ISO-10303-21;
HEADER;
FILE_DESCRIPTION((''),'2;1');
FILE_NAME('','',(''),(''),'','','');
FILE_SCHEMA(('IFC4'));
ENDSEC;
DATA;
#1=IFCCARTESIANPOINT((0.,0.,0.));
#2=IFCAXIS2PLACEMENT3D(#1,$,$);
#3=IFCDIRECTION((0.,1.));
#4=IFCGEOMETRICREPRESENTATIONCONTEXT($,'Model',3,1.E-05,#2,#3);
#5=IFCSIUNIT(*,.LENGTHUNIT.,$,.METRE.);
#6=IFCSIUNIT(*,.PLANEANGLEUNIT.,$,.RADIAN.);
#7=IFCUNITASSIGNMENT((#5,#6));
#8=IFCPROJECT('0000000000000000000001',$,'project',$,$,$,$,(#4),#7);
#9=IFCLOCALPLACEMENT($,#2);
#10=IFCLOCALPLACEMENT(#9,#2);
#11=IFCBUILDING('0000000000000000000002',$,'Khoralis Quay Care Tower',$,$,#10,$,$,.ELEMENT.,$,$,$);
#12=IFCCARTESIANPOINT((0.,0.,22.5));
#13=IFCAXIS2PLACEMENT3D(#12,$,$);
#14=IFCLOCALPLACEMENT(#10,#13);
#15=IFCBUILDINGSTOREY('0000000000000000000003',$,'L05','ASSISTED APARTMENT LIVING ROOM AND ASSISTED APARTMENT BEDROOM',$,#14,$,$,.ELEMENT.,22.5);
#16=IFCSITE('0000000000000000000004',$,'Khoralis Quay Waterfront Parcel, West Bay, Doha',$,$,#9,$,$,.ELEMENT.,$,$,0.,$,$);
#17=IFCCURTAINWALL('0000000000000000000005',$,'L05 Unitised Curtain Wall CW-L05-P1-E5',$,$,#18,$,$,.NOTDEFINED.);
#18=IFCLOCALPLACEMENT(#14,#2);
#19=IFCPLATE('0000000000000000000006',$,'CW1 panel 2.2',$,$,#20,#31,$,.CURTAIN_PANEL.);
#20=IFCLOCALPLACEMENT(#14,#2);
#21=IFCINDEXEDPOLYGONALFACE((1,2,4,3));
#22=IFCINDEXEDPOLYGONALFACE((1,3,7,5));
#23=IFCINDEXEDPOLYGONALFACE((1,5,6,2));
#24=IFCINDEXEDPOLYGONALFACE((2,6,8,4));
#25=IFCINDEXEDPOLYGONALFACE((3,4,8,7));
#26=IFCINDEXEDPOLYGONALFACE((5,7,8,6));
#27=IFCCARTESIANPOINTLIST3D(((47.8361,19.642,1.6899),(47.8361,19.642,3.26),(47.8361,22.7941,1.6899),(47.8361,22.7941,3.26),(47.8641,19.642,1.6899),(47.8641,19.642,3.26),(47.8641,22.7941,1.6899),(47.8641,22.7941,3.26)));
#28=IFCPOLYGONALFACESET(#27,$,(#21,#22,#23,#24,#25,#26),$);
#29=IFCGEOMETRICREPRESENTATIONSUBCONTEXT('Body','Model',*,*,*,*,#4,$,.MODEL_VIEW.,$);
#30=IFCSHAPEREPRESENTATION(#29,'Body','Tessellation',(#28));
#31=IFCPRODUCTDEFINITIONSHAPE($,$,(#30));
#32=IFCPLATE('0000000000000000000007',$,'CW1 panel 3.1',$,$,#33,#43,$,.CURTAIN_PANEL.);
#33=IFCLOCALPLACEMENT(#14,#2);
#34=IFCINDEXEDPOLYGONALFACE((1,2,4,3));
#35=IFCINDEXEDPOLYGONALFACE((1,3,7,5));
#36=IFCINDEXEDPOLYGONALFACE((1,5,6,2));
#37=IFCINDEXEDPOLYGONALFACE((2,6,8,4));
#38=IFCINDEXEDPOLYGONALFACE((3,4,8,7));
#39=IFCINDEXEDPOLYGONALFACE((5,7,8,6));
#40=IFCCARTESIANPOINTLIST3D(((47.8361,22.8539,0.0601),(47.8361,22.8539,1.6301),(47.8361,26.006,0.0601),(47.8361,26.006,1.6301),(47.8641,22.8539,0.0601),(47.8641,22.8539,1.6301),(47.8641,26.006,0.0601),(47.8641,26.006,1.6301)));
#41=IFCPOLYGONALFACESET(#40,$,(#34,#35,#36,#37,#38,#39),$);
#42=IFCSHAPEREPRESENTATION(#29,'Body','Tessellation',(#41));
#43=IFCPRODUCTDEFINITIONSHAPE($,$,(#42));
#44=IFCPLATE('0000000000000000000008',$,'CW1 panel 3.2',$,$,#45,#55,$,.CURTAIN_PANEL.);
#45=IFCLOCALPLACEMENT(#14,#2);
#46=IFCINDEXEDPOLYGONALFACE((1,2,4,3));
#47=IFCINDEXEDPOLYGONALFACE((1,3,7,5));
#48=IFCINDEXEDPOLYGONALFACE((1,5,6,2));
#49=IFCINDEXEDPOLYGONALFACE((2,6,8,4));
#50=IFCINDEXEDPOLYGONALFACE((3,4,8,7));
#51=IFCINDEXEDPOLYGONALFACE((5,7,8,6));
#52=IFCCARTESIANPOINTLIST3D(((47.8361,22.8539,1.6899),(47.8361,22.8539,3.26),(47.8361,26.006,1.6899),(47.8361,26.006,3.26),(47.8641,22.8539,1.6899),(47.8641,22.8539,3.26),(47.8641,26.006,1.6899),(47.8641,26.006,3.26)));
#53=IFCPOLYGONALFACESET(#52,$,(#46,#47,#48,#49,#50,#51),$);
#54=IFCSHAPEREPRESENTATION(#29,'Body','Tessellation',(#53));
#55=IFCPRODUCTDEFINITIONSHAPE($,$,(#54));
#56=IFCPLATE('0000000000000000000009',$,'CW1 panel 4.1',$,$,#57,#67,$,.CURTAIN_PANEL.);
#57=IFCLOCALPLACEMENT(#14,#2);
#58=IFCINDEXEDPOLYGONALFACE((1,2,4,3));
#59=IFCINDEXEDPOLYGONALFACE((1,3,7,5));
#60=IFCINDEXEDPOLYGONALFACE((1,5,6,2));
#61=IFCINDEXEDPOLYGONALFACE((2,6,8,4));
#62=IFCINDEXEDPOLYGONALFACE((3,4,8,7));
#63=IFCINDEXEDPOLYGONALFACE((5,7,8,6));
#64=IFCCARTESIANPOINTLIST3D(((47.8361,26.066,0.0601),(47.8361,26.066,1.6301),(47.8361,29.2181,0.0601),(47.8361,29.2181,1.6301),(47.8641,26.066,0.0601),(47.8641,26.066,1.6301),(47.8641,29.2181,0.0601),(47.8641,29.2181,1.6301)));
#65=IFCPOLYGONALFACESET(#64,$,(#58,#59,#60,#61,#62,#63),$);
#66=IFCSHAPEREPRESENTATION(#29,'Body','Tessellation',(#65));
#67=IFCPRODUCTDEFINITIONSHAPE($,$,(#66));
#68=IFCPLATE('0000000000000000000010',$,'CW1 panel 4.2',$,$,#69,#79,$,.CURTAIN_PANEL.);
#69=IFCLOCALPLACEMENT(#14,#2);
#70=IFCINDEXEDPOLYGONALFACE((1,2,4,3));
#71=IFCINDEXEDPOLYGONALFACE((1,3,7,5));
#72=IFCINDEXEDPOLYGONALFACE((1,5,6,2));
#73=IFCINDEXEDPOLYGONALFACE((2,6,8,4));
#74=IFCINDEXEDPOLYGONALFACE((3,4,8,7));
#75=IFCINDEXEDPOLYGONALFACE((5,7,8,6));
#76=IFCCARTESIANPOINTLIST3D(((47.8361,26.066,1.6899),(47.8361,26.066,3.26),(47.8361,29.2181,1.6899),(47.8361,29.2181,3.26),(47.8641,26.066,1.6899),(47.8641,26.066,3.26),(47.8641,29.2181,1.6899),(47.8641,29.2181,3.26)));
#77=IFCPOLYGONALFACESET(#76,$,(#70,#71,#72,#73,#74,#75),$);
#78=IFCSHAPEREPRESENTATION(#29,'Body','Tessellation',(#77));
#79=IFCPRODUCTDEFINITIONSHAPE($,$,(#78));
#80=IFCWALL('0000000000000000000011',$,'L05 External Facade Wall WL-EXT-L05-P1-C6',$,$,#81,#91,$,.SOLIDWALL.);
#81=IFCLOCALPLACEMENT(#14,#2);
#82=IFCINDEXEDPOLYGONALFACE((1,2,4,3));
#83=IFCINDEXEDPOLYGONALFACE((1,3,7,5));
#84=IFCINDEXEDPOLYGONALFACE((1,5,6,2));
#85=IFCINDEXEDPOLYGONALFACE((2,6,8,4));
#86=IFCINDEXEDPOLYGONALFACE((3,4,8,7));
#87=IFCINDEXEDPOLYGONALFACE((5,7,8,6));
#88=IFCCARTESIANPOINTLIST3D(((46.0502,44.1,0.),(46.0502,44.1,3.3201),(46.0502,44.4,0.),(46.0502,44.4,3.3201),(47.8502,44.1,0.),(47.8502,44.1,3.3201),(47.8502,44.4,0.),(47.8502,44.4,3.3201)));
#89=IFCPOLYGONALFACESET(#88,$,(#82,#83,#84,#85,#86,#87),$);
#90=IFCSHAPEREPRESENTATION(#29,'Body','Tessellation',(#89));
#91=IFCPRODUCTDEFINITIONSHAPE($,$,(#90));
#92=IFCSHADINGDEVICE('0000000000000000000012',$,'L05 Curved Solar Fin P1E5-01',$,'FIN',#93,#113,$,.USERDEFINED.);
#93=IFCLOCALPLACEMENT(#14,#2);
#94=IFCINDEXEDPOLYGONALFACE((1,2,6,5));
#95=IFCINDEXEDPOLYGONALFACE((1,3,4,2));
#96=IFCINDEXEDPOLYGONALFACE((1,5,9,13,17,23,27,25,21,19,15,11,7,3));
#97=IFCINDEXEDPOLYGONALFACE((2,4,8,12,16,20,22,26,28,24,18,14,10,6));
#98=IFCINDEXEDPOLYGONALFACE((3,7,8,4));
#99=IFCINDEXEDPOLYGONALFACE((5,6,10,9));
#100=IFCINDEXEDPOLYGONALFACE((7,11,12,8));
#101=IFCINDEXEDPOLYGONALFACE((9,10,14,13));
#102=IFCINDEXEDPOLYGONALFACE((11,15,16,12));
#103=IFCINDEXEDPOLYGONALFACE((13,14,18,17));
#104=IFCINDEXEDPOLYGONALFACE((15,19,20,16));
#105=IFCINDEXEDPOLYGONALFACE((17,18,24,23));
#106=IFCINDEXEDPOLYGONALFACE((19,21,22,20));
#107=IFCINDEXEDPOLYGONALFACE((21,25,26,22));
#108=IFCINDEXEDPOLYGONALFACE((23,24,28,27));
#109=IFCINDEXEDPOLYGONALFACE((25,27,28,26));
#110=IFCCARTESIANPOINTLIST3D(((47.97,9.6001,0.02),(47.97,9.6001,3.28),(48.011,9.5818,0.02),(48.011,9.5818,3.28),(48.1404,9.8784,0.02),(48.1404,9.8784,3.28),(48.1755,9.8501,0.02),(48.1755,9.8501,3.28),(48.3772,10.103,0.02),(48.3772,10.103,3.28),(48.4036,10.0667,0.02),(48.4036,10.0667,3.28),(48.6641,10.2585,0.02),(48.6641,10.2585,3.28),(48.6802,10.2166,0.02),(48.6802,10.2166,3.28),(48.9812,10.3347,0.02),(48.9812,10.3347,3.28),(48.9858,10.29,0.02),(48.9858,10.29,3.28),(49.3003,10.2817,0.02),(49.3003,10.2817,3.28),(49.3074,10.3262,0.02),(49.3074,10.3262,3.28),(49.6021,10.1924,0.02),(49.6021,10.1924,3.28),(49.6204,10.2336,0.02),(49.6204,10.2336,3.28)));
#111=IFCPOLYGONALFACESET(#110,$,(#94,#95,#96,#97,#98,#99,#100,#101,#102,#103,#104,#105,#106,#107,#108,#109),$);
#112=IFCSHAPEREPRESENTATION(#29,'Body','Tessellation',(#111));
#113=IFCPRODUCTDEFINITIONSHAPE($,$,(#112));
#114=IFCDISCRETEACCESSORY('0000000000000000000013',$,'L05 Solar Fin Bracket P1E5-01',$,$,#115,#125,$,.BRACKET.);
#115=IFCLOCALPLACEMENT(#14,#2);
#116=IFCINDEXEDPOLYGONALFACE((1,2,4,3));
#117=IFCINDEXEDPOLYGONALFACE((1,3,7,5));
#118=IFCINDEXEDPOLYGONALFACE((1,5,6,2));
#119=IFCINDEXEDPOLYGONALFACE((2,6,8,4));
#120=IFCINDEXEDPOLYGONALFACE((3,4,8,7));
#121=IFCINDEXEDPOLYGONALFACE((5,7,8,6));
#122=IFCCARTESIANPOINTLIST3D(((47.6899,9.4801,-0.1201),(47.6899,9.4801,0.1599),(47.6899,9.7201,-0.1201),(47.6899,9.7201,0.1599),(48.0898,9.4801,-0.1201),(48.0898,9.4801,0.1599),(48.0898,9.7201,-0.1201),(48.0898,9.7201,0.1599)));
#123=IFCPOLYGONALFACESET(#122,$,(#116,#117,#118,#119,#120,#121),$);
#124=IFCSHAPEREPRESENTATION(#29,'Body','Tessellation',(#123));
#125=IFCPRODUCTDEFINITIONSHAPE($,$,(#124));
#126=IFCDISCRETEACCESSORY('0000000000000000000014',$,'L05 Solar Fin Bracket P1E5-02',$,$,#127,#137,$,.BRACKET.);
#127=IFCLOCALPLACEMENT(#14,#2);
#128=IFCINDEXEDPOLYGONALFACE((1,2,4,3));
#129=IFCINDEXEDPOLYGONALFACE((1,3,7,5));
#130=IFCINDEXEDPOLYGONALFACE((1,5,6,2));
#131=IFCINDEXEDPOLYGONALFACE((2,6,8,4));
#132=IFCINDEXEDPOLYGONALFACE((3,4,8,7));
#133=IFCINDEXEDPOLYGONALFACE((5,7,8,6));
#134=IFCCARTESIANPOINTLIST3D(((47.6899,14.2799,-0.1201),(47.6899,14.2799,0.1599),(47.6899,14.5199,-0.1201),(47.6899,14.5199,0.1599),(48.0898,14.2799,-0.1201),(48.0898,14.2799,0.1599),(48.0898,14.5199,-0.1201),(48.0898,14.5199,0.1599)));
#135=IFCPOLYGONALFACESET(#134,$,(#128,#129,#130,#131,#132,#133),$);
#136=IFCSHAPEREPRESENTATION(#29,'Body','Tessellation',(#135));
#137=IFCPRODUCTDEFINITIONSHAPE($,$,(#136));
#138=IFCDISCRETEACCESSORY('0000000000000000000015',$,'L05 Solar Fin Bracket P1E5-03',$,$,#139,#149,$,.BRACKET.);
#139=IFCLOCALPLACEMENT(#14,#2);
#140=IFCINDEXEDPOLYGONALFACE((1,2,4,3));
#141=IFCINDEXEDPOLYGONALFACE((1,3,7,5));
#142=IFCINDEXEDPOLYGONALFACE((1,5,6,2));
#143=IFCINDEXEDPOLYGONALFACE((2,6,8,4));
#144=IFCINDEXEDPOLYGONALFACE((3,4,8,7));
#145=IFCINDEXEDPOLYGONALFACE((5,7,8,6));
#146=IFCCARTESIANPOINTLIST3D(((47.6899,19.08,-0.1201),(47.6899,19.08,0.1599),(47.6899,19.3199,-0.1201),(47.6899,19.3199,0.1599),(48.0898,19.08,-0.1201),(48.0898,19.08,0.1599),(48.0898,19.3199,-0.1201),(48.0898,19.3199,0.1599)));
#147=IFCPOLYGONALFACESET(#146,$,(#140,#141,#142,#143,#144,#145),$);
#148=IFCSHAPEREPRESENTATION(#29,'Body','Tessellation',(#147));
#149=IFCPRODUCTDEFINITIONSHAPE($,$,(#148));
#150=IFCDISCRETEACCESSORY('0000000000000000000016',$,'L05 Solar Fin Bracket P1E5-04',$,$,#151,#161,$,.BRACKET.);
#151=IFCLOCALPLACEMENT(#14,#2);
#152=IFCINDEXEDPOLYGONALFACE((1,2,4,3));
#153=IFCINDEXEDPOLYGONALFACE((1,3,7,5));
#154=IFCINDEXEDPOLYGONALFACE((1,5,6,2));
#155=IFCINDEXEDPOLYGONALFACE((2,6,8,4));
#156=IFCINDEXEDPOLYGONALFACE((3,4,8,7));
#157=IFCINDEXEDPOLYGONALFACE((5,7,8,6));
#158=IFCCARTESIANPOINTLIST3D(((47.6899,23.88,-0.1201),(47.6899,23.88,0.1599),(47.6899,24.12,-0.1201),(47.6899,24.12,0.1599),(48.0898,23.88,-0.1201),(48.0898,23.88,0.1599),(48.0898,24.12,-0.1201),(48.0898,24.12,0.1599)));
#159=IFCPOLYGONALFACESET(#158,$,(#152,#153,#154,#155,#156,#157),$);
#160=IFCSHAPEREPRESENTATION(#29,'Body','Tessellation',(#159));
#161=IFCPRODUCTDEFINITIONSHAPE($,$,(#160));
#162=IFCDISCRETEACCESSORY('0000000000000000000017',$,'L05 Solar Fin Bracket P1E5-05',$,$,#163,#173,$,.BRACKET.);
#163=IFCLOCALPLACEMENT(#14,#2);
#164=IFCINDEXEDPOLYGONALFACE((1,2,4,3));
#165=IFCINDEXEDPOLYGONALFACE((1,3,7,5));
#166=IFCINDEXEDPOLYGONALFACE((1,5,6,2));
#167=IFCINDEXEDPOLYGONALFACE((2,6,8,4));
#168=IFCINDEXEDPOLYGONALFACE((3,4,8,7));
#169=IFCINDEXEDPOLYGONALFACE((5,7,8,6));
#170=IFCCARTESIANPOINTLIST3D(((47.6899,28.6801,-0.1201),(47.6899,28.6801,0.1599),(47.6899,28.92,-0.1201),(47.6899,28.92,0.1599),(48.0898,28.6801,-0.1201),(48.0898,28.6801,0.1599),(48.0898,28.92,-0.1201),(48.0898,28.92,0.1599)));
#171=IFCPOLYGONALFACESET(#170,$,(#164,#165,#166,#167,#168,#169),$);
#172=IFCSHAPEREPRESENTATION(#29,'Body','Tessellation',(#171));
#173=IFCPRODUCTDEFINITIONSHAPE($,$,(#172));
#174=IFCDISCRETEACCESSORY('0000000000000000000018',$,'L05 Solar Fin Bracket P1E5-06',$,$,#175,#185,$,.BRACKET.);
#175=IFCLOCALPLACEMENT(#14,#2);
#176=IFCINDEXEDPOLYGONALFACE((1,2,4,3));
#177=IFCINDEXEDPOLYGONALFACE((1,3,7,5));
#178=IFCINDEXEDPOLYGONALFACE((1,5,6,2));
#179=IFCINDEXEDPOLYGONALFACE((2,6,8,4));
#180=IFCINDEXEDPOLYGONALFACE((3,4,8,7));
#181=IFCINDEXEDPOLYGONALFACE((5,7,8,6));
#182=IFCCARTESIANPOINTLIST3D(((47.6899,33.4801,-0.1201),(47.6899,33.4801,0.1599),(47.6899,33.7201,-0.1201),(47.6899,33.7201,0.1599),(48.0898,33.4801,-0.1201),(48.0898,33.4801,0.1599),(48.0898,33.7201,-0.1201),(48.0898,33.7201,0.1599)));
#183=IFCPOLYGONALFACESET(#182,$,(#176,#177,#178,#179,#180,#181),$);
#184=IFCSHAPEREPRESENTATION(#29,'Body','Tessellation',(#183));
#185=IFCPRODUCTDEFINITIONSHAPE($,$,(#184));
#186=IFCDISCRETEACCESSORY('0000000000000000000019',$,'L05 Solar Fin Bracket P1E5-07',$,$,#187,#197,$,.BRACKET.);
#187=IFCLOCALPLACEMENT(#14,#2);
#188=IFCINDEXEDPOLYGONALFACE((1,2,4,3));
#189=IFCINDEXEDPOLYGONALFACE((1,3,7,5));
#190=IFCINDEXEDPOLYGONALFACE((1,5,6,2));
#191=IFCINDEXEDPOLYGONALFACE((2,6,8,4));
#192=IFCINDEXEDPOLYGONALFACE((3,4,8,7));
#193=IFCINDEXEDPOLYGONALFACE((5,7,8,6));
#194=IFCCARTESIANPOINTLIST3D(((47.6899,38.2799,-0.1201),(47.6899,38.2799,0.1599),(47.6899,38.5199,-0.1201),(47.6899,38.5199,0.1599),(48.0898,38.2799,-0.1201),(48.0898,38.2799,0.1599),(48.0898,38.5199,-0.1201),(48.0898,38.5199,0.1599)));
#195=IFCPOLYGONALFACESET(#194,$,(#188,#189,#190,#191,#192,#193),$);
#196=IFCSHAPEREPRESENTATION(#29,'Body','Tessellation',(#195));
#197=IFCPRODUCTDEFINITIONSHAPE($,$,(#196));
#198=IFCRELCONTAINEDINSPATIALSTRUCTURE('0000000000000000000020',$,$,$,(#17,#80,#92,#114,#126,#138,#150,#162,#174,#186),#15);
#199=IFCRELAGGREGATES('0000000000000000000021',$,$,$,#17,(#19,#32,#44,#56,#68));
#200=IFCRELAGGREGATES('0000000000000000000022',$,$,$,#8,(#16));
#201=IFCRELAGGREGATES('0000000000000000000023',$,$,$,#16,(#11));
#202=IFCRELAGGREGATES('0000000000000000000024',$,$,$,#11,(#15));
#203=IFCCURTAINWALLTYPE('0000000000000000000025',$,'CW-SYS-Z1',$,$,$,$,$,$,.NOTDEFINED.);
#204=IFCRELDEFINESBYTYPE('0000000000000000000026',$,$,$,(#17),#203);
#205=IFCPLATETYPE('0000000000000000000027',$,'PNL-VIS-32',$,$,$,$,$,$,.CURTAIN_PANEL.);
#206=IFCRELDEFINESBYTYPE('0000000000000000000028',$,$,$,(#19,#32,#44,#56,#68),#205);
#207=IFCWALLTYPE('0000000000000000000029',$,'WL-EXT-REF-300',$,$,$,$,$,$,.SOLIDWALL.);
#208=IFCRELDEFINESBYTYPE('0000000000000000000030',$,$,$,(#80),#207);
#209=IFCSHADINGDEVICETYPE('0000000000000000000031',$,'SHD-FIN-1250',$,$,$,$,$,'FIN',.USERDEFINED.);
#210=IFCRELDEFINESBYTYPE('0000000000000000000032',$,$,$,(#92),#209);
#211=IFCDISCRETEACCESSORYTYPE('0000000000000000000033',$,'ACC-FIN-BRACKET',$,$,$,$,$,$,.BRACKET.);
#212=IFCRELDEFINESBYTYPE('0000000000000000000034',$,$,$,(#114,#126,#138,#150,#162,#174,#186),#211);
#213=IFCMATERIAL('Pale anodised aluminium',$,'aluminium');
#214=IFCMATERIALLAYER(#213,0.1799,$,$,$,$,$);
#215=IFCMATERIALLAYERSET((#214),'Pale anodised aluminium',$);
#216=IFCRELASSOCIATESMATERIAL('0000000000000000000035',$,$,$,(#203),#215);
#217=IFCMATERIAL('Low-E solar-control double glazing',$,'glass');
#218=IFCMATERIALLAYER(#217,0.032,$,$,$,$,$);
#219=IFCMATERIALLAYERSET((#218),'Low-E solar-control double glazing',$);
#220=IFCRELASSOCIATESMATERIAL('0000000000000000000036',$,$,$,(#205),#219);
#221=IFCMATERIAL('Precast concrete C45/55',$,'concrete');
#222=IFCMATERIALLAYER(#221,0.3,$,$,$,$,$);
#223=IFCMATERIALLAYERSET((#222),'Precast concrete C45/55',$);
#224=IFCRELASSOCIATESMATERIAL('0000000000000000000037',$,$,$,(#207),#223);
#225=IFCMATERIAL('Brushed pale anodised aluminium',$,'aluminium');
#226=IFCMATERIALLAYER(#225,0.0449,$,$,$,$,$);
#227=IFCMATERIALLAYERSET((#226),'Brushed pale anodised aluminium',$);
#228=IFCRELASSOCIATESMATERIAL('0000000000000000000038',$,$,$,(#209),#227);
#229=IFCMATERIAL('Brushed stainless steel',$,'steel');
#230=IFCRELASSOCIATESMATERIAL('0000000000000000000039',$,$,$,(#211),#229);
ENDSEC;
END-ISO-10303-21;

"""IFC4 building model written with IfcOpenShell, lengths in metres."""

from ifc_helpers import new_model, si_unit, direction, frame, frame_2d, origin, origin_2d, place, context, subcontext, project, spatial, polyline, rectangle, outline, extrude, source, transform, mapped, material, layer, layer_set, type_object, element, aggregate, save


model = new_model("IFC4")

# Units and contexts
model_context = context("Model", 3, precision=1e-05, world=origin(), true_north=direction((0.0, 1.0)))
body_context = subcontext(model_context, "Body", "Model", "MODEL_VIEW")
ifc_project = project(units=[si_unit("LENGTHUNIT", "METRE"), si_unit("PLANEANGLEUNIT", "RADIAN")], contexts=[model_context])

# Site, building, storey
site_placement = place(None, origin())
site = spatial("IfcSite", under=ifc_project, at=site_placement, Name="Khoralis Quay Waterfront Parcel, West Bay, Doha", CompositionType="ELEMENT", RefElevation=0.0)
building_placement = place(site_placement, origin())
building = spatial("IfcBuilding", under=site, at=building_placement, Name="Khoralis Quay Care Tower", CompositionType="ELEMENT")
storey_placement = place(building_placement, frame((0.0, 0.0, 22.5)))
storey = spatial("IfcBuildingStorey", under=building, at=storey_placement, Name="L05", Description="ASSISTED APARTMENT LIVING ROOM AND ASSISTED APARTMENT BEDROOM", CompositionType="ELEMENT", Elevation=22.5)

# Curtain wall, plates
ifc_material_1 = material(Name="Pale anodised aluminium", Category="aluminium")
ifc_layer_1 = layer(ifc_material_1, 0.1799)
ifc_layer_set_1 = layer_set([ifc_layer_1], Name="Pale anodised aluminium")
curtain_wall_type = type_object("IfcCurtainWallType", Name="CW-SYS-Z1", PredefinedType="NOTDEFINED", material=ifc_layer_set_1)
curtain_wall_placement = place(storey_placement, origin())
curtain_wall = element("IfcCurtainWall", 1, at=curtain_wall_placement, inside=storey, type_object=curtain_wall_type, Name="L05 Unitised Curtain Wall CW-L05-P1-E5", PredefinedType="NOTDEFINED")
ifc_material_2 = material(Name="Low-E solar-control double glazing", Category="glass")
ifc_layer_2 = layer(ifc_material_2, 0.032)
ifc_layer_set_2 = layer_set([ifc_layer_2], Name="Low-E solar-control double glazing")
plate_type = type_object("IfcPlateType", Name="PNL-VIS-32", PredefinedType="CURTAIN_PANEL", material=ifc_layer_set_2)
shared_shape_1 = source(origin(), body_context, "Body", "SweptSolid", [
    extrude(rectangle(XDim=3.1521, YDim=0.0281, at=origin_2d()), origin(), (0.0, 0.0, 1.0), 1.5701),
])
plate_1_placement = place(storey_placement, frame((47.8501, 21.218, 1.6899), z_axis=(0.0, 0.0, 1.0), x_axis=(0.0, 1.0, 0.0)))
plate_1 = element("IfcPlate", 2, at=plate_1_placement, type_object=plate_type, Name="CW1 panel 2.2", PredefinedType="CURTAIN_PANEL", context=body_context, shape_type="MappedRepresentation", body=[
    mapped(shared_shape_1, transform((0.0, 0.0, 0.0), scale=1.0)),
])
plate_2_placement = place(storey_placement, frame((47.8501, 24.4299, 0.0601), z_axis=(0.0, 0.0, 1.0), x_axis=(0.0, 1.0, 0.0)))
plate_2 = element("IfcPlate", 3, at=plate_2_placement, type_object=plate_type, Name="CW1 panel 3.1", PredefinedType="CURTAIN_PANEL", context=body_context, shape_type="MappedRepresentation", body=[
    mapped(shared_shape_1, transform((0.0, 0.0, 0.0), scale=1.0)),
])
plate_3_placement = place(storey_placement, frame((47.8501, 24.4299, 1.6899), z_axis=(0.0, 0.0, 1.0), x_axis=(0.0, 1.0, 0.0)))
plate_3 = element("IfcPlate", 4, at=plate_3_placement, type_object=plate_type, Name="CW1 panel 3.2", PredefinedType="CURTAIN_PANEL", context=body_context, shape_type="MappedRepresentation", body=[
    mapped(shared_shape_1, transform((0.0, 0.0, 0.0), scale=1.0)),
])
plate_4_placement = place(storey_placement, frame((47.8501, 27.6421, 0.0601), z_axis=(0.0, 0.0, 1.0), x_axis=(0.0, 1.0, 0.0)))
plate_4 = element("IfcPlate", 5, at=plate_4_placement, type_object=plate_type, Name="CW1 panel 4.1", PredefinedType="CURTAIN_PANEL", context=body_context, shape_type="MappedRepresentation", body=[
    mapped(shared_shape_1, transform((0.0, 0.0, 0.0), scale=1.0)),
])
plate_5_placement = place(storey_placement, frame((47.8501, 27.6421, 1.6899), z_axis=(0.0, 0.0, 1.0), x_axis=(0.0, 1.0, 0.0)))
plate_5 = element("IfcPlate", 6, at=plate_5_placement, type_object=plate_type, Name="CW1 panel 4.2", PredefinedType="CURTAIN_PANEL", context=body_context, shape_type="MappedRepresentation", body=[
    mapped(shared_shape_1, transform((0.0, 0.0, 0.0), scale=1.0)),
])
aggregate(curtain_wall, [plate_1, plate_2, plate_3, plate_4, plate_5])

# Wall
ifc_material_3 = material(Name="Precast concrete C45/55", Category="concrete")
ifc_layer_3 = layer(ifc_material_3, 0.3)
ifc_layer_set_3 = layer_set([ifc_layer_3], Name="Precast concrete C45/55")
wall_type = type_object("IfcWallType", Name="WL-EXT-REF-300", PredefinedType="SOLIDWALL", material=ifc_layer_set_3)
wall_placement = place(storey_placement, frame((47.8501, 44.25, 0.0), z_axis=(0.0, 0.0, 1.0), x_axis=(-1.0, 0.0, 0.0)))
element("IfcWall", 7, at=wall_placement, inside=storey, type_object=wall_type, Name="L05 External Facade Wall WL-EXT-L05-P1-C6", PredefinedType="SOLIDWALL", context=body_context, shape_type="SweptSolid", body=[
    extrude(rectangle(XDim=1.8, YDim=0.3, at=frame_2d((0.8999, 0.0))), origin(), (0.0, 0.0, 1.0), 3.3201),
])

# Shading device
ifc_material_4 = material(Name="Brushed pale anodised aluminium", Category="aluminium")
ifc_layer_4 = layer(ifc_material_4, 0.0449)
ifc_layer_set_4 = layer_set([ifc_layer_4], Name="Brushed pale anodised aluminium")
shading_device_type = type_object("IfcShadingDeviceType", Name="SHD-FIN-1250", ElementType="FIN", PredefinedType="USERDEFINED", material=ifc_layer_set_4)
shared_shape_2 = source(origin(), body_context, "Body", "SweptSolid", [
    extrude(outline(polyline([(0.0, 0.0), (0.1704, 0.2783), (0.4072, 0.5029), (0.6941, 0.6584), (1.0112, 0.7346), (1.3374, 0.7261), (1.6504, 0.6335), (1.6321, 0.5923), (1.3303, 0.6816), (1.0159, 0.6899), (0.7102, 0.6165), (0.4336, 0.4666), (0.2056, 0.25), (0.041, -0.0183), (0.0, 0.0)])), origin(), (0.0, 0.0, 1.0), 3.26),
])
shading_device_placement = place(storey_placement, frame((47.97, 9.6001, 0.02), z_axis=(0.0, 0.0, 1.0), x_axis=(1.0, 0.0, 0.0)))
element("IfcShadingDevice", 8, at=shading_device_placement, inside=storey, type_object=shading_device_type, Name="L05 Curved Solar Fin P1E5-01", ObjectType="FIN", PredefinedType="USERDEFINED", context=body_context, shape_type="MappedRepresentation", body=[
    mapped(shared_shape_2, transform((0.0, 0.0, 0.0), scale=1.0)),
])

# Discrete accessories
ifc_material_5 = material(Name="Brushed stainless steel", Category="steel")
discrete_accessory_type = type_object("IfcDiscreteAccessoryType", Name="ACC-FIN-BRACKET", PredefinedType="BRACKET", material=ifc_material_5)
shared_shape_3 = source(origin(), body_context, "Body", "SweptSolid", [
    extrude(rectangle(XDim=0.3999, YDim=0.24, at=origin_2d()), origin(), (0.0, 0.0, 1.0), 0.28),
])
for number, where, z_axis, x_axis, name in (
    (9, (47.8899, 9.6001, -0.1201), (0.0, 0.0, 1.0), (1.0, 0.0, 0.0), "L05 Solar Fin Bracket P1E5-01"),
    (10, (47.8899, 14.3999, -0.1201), (0.0, 0.0, 1.0), (1.0, 0.0, 0.0), "L05 Solar Fin Bracket P1E5-02"),
    (11, (47.8899, 19.2, -0.1201), (0.0, 0.0, 1.0), (1.0, 0.0, 0.0), "L05 Solar Fin Bracket P1E5-03"),
    (12, (47.8899, 24.0, -0.1201), (0.0, 0.0, 1.0), (1.0, 0.0, 0.0), "L05 Solar Fin Bracket P1E5-04"),
    (13, (47.8899, 28.8, -0.1201), (0.0, 0.0, 1.0), (1.0, 0.0, 0.0), "L05 Solar Fin Bracket P1E5-05"),
    (14, (47.8899, 33.6001, -0.1201), (0.0, 0.0, 1.0), (1.0, 0.0, 0.0), "L05 Solar Fin Bracket P1E5-06"),
    (15, (47.8899, 38.3999, -0.1201), (0.0, 0.0, 1.0), (1.0, 0.0, 0.0), "L05 Solar Fin Bracket P1E5-07"),
):
    element("IfcDiscreteAccessory", number, at=place(storey_placement, frame(where, z_axis=z_axis, x_axis=x_axis)), inside=storey, type_object=discrete_accessory_type, Name=name, PredefinedType="BRACKET", context=body_context, shape_type="MappedRepresentation", body=[
        mapped(shared_shape_3, transform((0.0, 0.0, 0.0), scale=1.0)),
    ])

save(model, "model.ifc")
